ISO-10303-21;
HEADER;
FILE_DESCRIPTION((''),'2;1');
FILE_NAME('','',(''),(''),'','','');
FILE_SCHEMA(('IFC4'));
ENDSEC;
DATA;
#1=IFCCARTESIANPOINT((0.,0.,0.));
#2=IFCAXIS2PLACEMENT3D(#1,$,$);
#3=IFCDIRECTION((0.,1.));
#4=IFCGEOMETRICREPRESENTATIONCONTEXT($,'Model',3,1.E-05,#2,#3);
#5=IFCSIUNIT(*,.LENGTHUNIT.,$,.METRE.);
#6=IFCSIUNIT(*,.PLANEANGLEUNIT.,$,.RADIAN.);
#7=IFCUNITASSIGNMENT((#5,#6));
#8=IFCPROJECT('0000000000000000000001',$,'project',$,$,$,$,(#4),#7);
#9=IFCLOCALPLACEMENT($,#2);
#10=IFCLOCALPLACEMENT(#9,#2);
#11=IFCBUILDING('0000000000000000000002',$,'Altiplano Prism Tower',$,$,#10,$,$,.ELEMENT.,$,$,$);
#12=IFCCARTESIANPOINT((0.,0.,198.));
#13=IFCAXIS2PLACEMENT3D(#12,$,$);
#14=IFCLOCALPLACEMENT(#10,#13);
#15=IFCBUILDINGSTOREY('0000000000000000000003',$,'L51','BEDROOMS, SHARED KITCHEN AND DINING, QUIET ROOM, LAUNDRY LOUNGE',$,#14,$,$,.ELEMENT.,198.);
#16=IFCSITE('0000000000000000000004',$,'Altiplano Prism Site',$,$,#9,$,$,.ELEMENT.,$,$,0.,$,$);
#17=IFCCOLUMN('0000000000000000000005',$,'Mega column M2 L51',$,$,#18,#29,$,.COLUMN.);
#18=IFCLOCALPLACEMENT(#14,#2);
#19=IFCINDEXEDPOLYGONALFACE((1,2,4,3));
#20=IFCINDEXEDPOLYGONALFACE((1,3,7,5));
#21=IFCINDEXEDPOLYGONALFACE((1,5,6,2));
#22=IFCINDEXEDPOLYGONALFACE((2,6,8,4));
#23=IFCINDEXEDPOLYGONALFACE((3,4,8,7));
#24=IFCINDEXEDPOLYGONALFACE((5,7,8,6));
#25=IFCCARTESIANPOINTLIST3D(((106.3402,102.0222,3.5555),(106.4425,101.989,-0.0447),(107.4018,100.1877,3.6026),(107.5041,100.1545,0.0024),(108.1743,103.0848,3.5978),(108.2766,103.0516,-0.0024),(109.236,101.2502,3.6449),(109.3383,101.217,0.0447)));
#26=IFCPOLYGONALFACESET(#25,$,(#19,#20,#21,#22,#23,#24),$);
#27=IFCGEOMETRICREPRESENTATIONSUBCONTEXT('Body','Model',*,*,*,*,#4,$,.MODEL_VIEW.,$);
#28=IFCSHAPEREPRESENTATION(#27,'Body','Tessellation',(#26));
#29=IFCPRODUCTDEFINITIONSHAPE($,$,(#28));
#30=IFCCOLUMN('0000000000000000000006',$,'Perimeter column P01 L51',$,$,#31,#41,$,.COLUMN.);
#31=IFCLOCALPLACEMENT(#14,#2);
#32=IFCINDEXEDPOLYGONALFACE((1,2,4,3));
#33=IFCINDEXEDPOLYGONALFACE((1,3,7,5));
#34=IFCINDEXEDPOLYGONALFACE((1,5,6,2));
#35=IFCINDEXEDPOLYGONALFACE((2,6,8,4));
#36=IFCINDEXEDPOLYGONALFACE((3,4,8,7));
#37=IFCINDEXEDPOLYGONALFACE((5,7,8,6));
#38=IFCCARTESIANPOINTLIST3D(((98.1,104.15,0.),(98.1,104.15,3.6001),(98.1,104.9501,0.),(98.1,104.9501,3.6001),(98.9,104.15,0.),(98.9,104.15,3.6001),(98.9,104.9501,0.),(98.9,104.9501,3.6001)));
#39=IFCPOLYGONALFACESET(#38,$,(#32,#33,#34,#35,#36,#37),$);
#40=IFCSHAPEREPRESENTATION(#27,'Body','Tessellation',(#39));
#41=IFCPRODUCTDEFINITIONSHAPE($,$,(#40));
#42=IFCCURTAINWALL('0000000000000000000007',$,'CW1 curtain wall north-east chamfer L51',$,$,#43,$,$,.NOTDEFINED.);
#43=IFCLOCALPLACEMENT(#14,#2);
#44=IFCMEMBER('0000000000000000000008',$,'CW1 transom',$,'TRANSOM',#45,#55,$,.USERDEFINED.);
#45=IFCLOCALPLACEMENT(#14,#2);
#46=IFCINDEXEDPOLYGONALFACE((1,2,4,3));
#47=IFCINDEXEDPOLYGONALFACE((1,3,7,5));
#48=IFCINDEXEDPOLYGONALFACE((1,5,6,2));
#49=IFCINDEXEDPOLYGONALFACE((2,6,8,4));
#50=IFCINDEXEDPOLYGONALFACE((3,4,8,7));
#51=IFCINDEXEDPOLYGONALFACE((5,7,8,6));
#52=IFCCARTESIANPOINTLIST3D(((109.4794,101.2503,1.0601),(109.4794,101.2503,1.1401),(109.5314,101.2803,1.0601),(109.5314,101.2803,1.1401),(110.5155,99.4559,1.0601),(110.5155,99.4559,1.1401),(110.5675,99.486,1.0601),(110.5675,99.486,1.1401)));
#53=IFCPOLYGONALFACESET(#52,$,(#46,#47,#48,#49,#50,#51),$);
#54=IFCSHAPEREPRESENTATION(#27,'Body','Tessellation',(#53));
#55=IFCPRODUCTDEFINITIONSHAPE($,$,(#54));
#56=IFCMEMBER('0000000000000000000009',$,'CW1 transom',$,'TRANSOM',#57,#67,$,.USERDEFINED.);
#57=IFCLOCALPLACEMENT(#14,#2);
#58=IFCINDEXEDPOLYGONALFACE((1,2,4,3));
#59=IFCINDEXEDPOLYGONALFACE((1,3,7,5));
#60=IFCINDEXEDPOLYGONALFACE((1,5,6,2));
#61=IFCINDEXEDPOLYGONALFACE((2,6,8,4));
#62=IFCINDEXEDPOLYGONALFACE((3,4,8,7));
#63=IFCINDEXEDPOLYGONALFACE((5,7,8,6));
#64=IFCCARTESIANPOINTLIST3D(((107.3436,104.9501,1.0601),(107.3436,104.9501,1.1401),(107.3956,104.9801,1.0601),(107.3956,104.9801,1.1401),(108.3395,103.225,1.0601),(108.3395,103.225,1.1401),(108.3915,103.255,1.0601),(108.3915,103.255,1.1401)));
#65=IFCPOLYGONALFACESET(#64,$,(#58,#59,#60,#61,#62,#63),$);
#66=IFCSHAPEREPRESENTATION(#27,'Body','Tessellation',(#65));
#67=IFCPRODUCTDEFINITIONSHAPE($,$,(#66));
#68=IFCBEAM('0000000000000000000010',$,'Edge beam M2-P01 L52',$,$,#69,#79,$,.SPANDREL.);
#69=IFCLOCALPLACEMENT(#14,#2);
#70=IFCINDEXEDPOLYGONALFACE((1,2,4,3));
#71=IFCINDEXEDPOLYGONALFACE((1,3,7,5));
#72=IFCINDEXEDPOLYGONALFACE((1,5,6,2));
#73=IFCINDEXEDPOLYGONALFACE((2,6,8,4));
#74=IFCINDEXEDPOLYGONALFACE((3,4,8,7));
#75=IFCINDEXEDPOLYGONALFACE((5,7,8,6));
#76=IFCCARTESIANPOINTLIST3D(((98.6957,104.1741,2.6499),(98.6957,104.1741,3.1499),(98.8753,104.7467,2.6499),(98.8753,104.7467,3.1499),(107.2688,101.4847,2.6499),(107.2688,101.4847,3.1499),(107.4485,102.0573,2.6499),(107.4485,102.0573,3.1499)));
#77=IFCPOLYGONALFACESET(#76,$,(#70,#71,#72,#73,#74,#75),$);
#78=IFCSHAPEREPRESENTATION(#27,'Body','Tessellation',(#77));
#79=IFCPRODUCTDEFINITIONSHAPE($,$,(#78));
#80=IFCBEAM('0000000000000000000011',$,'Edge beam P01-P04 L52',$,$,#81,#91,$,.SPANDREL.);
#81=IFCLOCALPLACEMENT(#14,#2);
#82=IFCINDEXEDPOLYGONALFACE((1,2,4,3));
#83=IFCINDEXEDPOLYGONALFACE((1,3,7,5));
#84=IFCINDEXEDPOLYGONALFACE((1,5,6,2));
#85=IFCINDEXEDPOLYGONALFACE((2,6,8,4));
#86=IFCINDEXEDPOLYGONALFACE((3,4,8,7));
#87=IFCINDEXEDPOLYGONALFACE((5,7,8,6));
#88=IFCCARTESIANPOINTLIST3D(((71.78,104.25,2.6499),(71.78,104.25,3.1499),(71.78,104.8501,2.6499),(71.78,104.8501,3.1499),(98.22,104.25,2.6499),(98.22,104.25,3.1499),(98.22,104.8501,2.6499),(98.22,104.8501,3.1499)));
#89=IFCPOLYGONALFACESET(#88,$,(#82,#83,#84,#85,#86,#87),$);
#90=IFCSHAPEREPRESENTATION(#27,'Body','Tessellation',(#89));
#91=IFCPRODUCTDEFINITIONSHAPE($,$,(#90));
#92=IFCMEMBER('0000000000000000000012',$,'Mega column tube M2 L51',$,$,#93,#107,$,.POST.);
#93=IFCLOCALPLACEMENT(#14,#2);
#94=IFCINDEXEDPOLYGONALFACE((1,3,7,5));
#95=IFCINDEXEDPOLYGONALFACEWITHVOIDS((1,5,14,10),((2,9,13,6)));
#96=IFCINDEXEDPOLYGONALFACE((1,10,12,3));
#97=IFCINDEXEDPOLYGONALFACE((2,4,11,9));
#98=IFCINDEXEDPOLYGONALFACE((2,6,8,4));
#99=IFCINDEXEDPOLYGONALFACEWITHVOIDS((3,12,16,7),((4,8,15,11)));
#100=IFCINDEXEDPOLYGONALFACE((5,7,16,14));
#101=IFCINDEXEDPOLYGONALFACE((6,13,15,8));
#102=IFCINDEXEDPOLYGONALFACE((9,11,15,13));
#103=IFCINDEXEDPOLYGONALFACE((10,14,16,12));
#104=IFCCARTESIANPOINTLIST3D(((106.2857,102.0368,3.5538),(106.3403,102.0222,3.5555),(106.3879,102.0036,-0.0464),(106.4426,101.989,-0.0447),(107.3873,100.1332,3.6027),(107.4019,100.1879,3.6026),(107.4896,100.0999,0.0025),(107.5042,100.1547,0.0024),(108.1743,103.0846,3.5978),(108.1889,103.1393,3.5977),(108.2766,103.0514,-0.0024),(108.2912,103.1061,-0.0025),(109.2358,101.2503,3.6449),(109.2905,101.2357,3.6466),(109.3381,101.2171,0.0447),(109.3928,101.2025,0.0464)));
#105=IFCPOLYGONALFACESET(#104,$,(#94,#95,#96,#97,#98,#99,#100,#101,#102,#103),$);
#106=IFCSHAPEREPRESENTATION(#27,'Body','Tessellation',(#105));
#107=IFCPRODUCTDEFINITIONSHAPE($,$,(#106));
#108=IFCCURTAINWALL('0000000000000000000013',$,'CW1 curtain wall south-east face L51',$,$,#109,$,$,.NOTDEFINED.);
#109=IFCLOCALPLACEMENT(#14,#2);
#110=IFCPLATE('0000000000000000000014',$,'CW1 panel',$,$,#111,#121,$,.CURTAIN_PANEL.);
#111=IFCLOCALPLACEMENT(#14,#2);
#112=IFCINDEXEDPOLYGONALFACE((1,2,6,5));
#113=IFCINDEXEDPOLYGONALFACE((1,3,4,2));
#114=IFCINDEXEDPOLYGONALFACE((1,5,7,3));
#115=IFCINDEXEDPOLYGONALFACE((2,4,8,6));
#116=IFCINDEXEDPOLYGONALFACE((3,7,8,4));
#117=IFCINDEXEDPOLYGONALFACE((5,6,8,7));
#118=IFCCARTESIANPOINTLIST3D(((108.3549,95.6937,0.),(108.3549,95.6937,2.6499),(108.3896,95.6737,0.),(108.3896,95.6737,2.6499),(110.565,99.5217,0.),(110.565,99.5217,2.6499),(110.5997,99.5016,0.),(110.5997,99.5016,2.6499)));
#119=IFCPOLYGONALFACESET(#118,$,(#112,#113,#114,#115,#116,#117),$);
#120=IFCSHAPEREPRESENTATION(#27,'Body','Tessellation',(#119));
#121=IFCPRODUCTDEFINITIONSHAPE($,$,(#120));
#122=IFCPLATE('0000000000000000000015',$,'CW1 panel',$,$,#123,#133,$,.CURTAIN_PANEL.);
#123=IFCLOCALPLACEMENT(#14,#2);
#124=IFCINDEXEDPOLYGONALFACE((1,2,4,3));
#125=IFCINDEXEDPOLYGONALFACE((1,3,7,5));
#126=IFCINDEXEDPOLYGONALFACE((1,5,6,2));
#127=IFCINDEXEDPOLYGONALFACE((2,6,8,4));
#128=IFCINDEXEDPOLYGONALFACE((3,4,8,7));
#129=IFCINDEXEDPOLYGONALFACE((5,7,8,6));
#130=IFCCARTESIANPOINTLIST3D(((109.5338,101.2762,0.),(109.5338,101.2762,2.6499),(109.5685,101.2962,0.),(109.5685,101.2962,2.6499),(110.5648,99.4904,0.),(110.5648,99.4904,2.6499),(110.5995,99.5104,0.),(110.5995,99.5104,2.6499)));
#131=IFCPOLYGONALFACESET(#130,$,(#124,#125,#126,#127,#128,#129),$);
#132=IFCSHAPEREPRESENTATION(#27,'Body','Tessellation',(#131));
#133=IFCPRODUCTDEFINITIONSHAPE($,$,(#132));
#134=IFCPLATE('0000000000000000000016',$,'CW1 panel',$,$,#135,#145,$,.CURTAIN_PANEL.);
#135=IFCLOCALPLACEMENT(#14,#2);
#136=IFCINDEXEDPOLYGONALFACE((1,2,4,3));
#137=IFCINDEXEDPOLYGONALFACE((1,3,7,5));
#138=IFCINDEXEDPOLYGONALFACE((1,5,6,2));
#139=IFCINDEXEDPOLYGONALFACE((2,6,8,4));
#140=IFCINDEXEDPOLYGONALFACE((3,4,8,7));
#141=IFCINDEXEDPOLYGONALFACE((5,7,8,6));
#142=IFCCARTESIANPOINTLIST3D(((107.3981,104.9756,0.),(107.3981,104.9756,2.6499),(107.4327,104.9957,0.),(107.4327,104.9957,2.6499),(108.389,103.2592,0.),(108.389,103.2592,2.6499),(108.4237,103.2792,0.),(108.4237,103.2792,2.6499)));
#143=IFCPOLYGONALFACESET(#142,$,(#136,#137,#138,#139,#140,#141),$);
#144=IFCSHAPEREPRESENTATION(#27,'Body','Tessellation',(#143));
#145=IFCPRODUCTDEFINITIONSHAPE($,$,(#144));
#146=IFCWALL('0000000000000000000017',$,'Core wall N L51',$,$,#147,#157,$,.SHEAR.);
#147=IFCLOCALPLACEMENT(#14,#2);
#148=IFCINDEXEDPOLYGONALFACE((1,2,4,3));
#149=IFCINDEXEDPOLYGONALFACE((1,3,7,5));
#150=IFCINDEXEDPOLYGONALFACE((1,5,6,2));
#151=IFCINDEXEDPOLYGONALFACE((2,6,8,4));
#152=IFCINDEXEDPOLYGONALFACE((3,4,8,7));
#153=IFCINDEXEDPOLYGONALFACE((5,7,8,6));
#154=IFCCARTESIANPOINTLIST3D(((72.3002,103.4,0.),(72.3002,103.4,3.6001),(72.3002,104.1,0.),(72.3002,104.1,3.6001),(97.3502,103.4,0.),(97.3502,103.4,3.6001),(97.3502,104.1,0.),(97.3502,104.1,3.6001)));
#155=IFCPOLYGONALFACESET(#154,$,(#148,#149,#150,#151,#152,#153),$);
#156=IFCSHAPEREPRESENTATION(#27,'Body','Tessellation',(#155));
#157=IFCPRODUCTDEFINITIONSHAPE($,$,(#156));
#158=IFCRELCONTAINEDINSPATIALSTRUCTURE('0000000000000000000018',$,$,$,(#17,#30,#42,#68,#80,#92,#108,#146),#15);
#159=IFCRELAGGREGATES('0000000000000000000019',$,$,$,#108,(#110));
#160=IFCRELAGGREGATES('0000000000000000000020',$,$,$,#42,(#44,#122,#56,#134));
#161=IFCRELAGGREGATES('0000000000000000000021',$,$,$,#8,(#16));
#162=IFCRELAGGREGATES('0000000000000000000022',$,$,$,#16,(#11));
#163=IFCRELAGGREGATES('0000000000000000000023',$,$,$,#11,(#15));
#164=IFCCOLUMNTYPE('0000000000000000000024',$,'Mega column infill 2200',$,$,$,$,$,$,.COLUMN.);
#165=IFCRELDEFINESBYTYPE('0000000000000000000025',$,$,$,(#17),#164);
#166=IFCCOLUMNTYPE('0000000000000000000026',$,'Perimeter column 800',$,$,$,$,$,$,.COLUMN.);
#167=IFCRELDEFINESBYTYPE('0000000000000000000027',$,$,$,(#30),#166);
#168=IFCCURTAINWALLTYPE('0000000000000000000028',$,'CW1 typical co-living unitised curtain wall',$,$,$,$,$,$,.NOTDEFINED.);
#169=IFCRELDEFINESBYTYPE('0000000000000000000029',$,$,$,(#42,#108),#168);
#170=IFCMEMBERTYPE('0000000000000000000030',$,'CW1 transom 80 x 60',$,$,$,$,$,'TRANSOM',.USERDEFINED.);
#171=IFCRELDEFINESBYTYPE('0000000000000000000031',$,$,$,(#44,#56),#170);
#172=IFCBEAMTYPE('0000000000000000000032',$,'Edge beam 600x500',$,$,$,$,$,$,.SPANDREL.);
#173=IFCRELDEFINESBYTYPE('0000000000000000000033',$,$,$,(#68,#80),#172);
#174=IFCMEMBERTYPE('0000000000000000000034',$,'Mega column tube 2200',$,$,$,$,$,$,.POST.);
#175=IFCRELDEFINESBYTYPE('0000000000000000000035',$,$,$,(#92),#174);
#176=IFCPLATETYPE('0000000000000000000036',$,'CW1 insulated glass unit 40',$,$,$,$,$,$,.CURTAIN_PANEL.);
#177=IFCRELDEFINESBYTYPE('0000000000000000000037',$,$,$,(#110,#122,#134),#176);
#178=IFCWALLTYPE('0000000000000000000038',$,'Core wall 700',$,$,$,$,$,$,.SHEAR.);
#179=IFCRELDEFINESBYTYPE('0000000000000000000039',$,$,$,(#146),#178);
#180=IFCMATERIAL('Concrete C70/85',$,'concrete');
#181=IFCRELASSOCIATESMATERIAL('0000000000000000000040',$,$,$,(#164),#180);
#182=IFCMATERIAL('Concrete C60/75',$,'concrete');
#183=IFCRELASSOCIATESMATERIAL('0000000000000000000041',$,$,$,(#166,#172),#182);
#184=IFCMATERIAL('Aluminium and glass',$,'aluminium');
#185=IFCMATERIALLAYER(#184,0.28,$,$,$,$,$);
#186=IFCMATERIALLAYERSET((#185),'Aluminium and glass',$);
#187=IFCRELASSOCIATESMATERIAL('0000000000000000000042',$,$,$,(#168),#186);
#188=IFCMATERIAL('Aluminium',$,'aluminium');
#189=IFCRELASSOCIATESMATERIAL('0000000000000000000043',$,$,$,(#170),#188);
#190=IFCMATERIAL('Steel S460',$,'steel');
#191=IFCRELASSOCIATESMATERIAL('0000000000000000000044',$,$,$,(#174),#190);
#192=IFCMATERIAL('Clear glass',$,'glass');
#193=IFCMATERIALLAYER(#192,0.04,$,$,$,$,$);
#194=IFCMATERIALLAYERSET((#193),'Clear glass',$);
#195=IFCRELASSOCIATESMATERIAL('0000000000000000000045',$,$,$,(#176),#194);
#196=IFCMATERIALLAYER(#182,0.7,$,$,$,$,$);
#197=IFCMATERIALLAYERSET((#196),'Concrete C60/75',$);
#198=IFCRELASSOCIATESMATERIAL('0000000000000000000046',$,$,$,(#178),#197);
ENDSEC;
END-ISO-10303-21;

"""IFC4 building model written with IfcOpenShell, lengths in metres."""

from ifc_helpers import new_model, si_unit, direction, frame, frame_2d, origin, origin_2d, place, context, subcontext, project, spatial, rectangle, hollow_rectangle, extrude, material, layer, layer_set, material_profile, profile_set, type_object, element, aggregate, save


model = new_model("IFC4")

# Units and contexts
model_context = context("Model", 3, precision=1e-05, world=origin(), true_north=direction((0.0, 1.0)))
body_context = subcontext(model_context, "Body", "Model", "MODEL_VIEW")
ifc_project = project(units=[si_unit("LENGTHUNIT", "METRE"), si_unit("PLANEANGLEUNIT", "RADIAN")], contexts=[model_context])

# Site, building, storey
site_placement = place(None, origin())
site = spatial("IfcSite", under=ifc_project, at=site_placement, Name="Altiplano Prism Site", CompositionType="ELEMENT", RefElevation=0.0)
building_placement = place(site_placement, origin())
building = spatial("IfcBuilding", under=site, at=building_placement, Name="Altiplano Prism Tower", CompositionType="ELEMENT")
storey_placement = place(building_placement, frame((0.0, 0.0, 198.0)))
storey = spatial("IfcBuildingStorey", under=building, at=storey_placement, Name="L51", Description="BEDROOMS, SHARED KITCHEN AND DINING, QUIET ROOM, LAUNDRY LOUNGE", CompositionType="ELEMENT", Elevation=198.0)

# Columns
ifc_material_1 = material(Name="Concrete C70/85", Category="concrete")
ifc_material_profile_1 = material_profile(ifc_material_1, rectangle(XDim=2.1201, YDim=2.1201, at=origin_2d()), Name="Mega column infill 2200")
ifc_profile_set_1 = profile_set([ifc_material_profile_1], Name="Concrete C70/85")
column_type_1 = type_object("IfcColumnType", Name="Mega column infill 2200", PredefinedType="COLUMN", material=ifc_profile_set_1)
column_1_placement = place(storey_placement, frame((107.8904, 101.603, 0.0), z_axis=(-0.028402, 0.009219, 0.999554), x_axis=(0.500752, -0.865306, 0.022209)))
element("IfcColumn", 1, at=column_1_placement, inside=storey, type_object=column_type_1, Name="Mega column M2 L51", PredefinedType="COLUMN", context=body_context, shape_type="SweptSolid", body=[
    extrude(rectangle(XDim=2.1201, YDim=2.1201, at=origin_2d()), origin(), (0.0, 0.0, 1.0), 3.6018),
])
ifc_material_2 = material(Name="Concrete C60/75", Category="concrete")
ifc_material_profile_2 = material_profile(ifc_material_2, rectangle(XDim=0.8, YDim=0.8, at=origin_2d()), Name="Perimeter column 800")
ifc_profile_set_2 = profile_set([ifc_material_profile_2], Name="Concrete C60/75")
column_type_2 = type_object("IfcColumnType", Name="Perimeter column 800", PredefinedType="COLUMN", material=ifc_profile_set_2)
column_2_placement = place(storey_placement, frame((98.5, 104.55, 0.0), z_axis=(0.0, 0.0, 1.0), x_axis=(1.0, 0.0, 0.0)))
element("IfcColumn", 2, at=column_2_placement, inside=storey, type_object=column_type_2, Name="Perimeter column P01 L51", PredefinedType="COLUMN", context=body_context, shape_type="SweptSolid", body=[
    extrude(rectangle(XDim=0.8, YDim=0.8, at=origin_2d()), origin(), (0.0, 0.0, 1.0), 3.6001),
])

# Curtain wall, members
ifc_material_3 = material(Name="Aluminium and glass", Category="aluminium")
ifc_layer_1 = layer(ifc_material_3, 0.28)
ifc_layer_set_1 = layer_set([ifc_layer_1], Name="Aluminium and glass")
curtain_wall_type = type_object("IfcCurtainWallType", Name="CW1 typical co-living unitised curtain wall", PredefinedType="NOTDEFINED", material=ifc_layer_set_1)
curtain_wall_1_placement = place(storey_placement, origin())
curtain_wall_1 = element("IfcCurtainWall", 3, at=curtain_wall_1_placement, inside=storey, type_object=curtain_wall_type, Name="CW1 curtain wall north-east chamfer L51", PredefinedType="NOTDEFINED")
ifc_material_4 = material(Name="Aluminium", Category="aluminium")
ifc_material_profile_3 = material_profile(ifc_material_4, rectangle(XDim=0.0601, YDim=0.0801, at=origin_2d()), Name="CW1 transom 80 x 60")
ifc_profile_set_3 = profile_set([ifc_material_profile_3], Name="Aluminium")
member_type_1 = type_object("IfcMemberType", Name="CW1 transom 80 x 60", ElementType="TRANSOM", PredefinedType="USERDEFINED", material=ifc_profile_set_3)
member_1_placement = place(storey_placement, frame((110.5415, 99.4709, 1.1001), z_axis=(-0.500042, 0.866001, 0.0), x_axis=(-0.866001, -0.500042, 0.0)))
member_1 = element("IfcMember", 4, at=member_1_placement, type_object=member_type_1, Name="CW1 transom", ObjectType="TRANSOM", PredefinedType="USERDEFINED", context=body_context, shape_type="SweptSolid", body=[
    extrude(rectangle(XDim=0.0601, YDim=0.0801, at=origin_2d()), origin(), (0.0, 0.0, 1.0), 2.072),
])
member_2_placement = place(storey_placement, frame((108.3655, 103.24, 1.1001), z_axis=(-0.499949, 0.866055, 0.0), x_axis=(-0.866055, -0.499949, 0.0)))
member_2 = element("IfcMember", 5, at=member_2_placement, type_object=member_type_1, Name="CW1 transom", ObjectType="TRANSOM", PredefinedType="USERDEFINED", context=body_context, shape_type="SweptSolid", body=[
    extrude(rectangle(XDim=0.0601, YDim=0.0801, at=origin_2d()), origin(), (0.0, 0.0, 1.0), 1.9919),
])

# Beams
ifc_material_profile_4 = material_profile(ifc_material_2, rectangle(XDim=0.6001, YDim=0.5, at=origin_2d()), Name="Edge beam 600x500")
ifc_profile_set_4 = profile_set([ifc_material_profile_4], Name="Concrete C60/75")
beam_type = type_object("IfcBeamType", Name="Edge beam 600x500", PredefinedType="SPANDREL", material=ifc_profile_set_4)
beam_1_placement = place(storey_placement, frame((107.3586, 101.771, 2.8999), z_axis=(-0.954153, 0.299321, 0.0), x_axis=(-0.299321, -0.954153, 0.0)))
element("IfcBeam", 6, at=beam_1_placement, inside=storey, type_object=beam_type, Name="Edge beam M2-P01 L52", PredefinedType="SPANDREL", context=body_context, shape_type="SweptSolid", body=[
    extrude(rectangle(XDim=0.6001, YDim=0.5, at=origin_2d()), origin(), (0.0, 0.0, 1.0), 8.9851),
])
beam_2_placement = place(storey_placement, frame((98.22, 104.55, 2.8999), z_axis=(-1.0, 0.0, 0.0), x_axis=(0.0, -1.0, 0.0)))
element("IfcBeam", 7, at=beam_2_placement, inside=storey, type_object=beam_type, Name="Edge beam P01-P04 L52", PredefinedType="SPANDREL", context=body_context, shape_type="SweptSolid", body=[
    extrude(rectangle(XDim=0.6001, YDim=0.5, at=origin_2d()), origin(), (0.0, 0.0, 1.0), 26.4399),
])

# Member
ifc_material_5 = material(Name="Steel S460", Category="steel")
ifc_material_profile_5 = material_profile(ifc_material_5, hollow_rectangle(XDim=2.2, YDim=2.2, WallThickness=0.04, at=origin_2d()), Name="Mega column tube 2200")
ifc_profile_set_5 = profile_set([ifc_material_profile_5], Name="Steel S460")
member_type_2 = type_object("IfcMemberType", Name="Mega column tube 2200", PredefinedType="POST", material=ifc_profile_set_5)
member_3_placement = place(storey_placement, frame((107.8904, 101.603, 0.0), z_axis=(-0.028402, 0.009219, 0.999554), x_axis=(0.500752, -0.865306, 0.022209)))
element("IfcMember", 8, at=member_3_placement, inside=storey, type_object=member_type_2, Name="Mega column tube M2 L51", PredefinedType="POST", context=body_context, shape_type="SweptSolid", body=[
    extrude(hollow_rectangle(XDim=2.2, YDim=2.2, WallThickness=0.04, at=origin_2d()), origin(), (0.0, 0.0, 1.0), 3.6018),
])

# Curtain wall, plate
curtain_wall_2_placement = place(storey_placement, origin())
curtain_wall_2 = element("IfcCurtainWall", 9, at=curtain_wall_2_placement, inside=storey, type_object=curtain_wall_type, Name="CW1 curtain wall south-east face L51", PredefinedType="NOTDEFINED")
ifc_material_6 = material(Name="Clear glass", Category="glass")
ifc_layer_2 = layer(ifc_material_6, 0.04)
ifc_layer_set_2 = layer_set([ifc_layer_2], Name="Clear glass")
plate_type = type_object("IfcPlateType", Name="CW1 insulated glass unit 40", PredefinedType="CURTAIN_PANEL", material=ifc_layer_set_2)
plate_1_placement = place(storey_placement, frame((109.4773, 97.5977, 0.0), z_axis=(0.0, 0.0, 1.0), x_axis=(0.5, 0.866025, 0.0)))
plate_1 = element("IfcPlate", 10, at=plate_1_placement, type_object=plate_type, Name="CW1 panel", PredefinedType="CURTAIN_PANEL", context=body_context, shape_type="SweptSolid", body=[
    extrude(rectangle(XDim=4.4202, YDim=0.04, at=origin_2d()), origin(), (0.0, 0.0, 1.0), 2.6499),
])
aggregate(curtain_wall_2, [plate_1])

# Plates
plate_2_placement = place(storey_placement, frame((110.0667, 100.3933, 0.0), z_axis=(0.0, 0.0, 1.0), x_axis=(-0.5, 0.866025, 0.0)))
plate_2 = element("IfcPlate", 11, at=plate_2_placement, type_object=plate_type, Name="CW1 panel", PredefinedType="CURTAIN_PANEL", context=body_context, shape_type="SweptSolid", body=[
    extrude(rectangle(XDim=2.062, YDim=0.04, at=origin_2d()), origin(), (0.0, 0.0, 1.0), 2.6499),
])
plate_3_placement = place(storey_placement, frame((107.9109, 104.1274, 0.0), z_axis=(0.0, 0.0, 1.0), x_axis=(-0.5, 0.866025, 0.0)))
plate_3 = element("IfcPlate", 12, at=plate_3_placement, type_object=plate_type, Name="CW1 panel", PredefinedType="CURTAIN_PANEL", context=body_context, shape_type="SweptSolid", body=[
    extrude(rectangle(XDim=1.9819, YDim=0.04, at=origin_2d()), origin(), (0.0, 0.0, 1.0), 2.6499),
])
aggregate(curtain_wall_1, [member_1, plate_2, member_2, plate_3])

# Wall
ifc_layer_3 = layer(ifc_material_2, 0.7)
ifc_layer_set_3 = layer_set([ifc_layer_3], Name="Concrete C60/75")
wall_type_1 = type_object("IfcWallType", Name="Core wall 700", PredefinedType="SHEAR", material=ifc_layer_set_3)
wall_1_placement = place(storey_placement, frame((97.3501, 103.75, 0.0), z_axis=(0.0, 0.0, 1.0), x_axis=(-1.0, 0.0, 0.0)))
element("IfcWall", 13, at=wall_1_placement, inside=storey, type_object=wall_type_1, Name="Core wall N L51", PredefinedType="SHEAR", context=body_context, shape_type="SweptSolid", body=[
    extrude(rectangle(XDim=25.05, YDim=0.7, at=frame_2d((12.5249, 0.0))), origin(), (0.0, 0.0, 1.0), 3.6001),
])

save(model, "model.ifc")
